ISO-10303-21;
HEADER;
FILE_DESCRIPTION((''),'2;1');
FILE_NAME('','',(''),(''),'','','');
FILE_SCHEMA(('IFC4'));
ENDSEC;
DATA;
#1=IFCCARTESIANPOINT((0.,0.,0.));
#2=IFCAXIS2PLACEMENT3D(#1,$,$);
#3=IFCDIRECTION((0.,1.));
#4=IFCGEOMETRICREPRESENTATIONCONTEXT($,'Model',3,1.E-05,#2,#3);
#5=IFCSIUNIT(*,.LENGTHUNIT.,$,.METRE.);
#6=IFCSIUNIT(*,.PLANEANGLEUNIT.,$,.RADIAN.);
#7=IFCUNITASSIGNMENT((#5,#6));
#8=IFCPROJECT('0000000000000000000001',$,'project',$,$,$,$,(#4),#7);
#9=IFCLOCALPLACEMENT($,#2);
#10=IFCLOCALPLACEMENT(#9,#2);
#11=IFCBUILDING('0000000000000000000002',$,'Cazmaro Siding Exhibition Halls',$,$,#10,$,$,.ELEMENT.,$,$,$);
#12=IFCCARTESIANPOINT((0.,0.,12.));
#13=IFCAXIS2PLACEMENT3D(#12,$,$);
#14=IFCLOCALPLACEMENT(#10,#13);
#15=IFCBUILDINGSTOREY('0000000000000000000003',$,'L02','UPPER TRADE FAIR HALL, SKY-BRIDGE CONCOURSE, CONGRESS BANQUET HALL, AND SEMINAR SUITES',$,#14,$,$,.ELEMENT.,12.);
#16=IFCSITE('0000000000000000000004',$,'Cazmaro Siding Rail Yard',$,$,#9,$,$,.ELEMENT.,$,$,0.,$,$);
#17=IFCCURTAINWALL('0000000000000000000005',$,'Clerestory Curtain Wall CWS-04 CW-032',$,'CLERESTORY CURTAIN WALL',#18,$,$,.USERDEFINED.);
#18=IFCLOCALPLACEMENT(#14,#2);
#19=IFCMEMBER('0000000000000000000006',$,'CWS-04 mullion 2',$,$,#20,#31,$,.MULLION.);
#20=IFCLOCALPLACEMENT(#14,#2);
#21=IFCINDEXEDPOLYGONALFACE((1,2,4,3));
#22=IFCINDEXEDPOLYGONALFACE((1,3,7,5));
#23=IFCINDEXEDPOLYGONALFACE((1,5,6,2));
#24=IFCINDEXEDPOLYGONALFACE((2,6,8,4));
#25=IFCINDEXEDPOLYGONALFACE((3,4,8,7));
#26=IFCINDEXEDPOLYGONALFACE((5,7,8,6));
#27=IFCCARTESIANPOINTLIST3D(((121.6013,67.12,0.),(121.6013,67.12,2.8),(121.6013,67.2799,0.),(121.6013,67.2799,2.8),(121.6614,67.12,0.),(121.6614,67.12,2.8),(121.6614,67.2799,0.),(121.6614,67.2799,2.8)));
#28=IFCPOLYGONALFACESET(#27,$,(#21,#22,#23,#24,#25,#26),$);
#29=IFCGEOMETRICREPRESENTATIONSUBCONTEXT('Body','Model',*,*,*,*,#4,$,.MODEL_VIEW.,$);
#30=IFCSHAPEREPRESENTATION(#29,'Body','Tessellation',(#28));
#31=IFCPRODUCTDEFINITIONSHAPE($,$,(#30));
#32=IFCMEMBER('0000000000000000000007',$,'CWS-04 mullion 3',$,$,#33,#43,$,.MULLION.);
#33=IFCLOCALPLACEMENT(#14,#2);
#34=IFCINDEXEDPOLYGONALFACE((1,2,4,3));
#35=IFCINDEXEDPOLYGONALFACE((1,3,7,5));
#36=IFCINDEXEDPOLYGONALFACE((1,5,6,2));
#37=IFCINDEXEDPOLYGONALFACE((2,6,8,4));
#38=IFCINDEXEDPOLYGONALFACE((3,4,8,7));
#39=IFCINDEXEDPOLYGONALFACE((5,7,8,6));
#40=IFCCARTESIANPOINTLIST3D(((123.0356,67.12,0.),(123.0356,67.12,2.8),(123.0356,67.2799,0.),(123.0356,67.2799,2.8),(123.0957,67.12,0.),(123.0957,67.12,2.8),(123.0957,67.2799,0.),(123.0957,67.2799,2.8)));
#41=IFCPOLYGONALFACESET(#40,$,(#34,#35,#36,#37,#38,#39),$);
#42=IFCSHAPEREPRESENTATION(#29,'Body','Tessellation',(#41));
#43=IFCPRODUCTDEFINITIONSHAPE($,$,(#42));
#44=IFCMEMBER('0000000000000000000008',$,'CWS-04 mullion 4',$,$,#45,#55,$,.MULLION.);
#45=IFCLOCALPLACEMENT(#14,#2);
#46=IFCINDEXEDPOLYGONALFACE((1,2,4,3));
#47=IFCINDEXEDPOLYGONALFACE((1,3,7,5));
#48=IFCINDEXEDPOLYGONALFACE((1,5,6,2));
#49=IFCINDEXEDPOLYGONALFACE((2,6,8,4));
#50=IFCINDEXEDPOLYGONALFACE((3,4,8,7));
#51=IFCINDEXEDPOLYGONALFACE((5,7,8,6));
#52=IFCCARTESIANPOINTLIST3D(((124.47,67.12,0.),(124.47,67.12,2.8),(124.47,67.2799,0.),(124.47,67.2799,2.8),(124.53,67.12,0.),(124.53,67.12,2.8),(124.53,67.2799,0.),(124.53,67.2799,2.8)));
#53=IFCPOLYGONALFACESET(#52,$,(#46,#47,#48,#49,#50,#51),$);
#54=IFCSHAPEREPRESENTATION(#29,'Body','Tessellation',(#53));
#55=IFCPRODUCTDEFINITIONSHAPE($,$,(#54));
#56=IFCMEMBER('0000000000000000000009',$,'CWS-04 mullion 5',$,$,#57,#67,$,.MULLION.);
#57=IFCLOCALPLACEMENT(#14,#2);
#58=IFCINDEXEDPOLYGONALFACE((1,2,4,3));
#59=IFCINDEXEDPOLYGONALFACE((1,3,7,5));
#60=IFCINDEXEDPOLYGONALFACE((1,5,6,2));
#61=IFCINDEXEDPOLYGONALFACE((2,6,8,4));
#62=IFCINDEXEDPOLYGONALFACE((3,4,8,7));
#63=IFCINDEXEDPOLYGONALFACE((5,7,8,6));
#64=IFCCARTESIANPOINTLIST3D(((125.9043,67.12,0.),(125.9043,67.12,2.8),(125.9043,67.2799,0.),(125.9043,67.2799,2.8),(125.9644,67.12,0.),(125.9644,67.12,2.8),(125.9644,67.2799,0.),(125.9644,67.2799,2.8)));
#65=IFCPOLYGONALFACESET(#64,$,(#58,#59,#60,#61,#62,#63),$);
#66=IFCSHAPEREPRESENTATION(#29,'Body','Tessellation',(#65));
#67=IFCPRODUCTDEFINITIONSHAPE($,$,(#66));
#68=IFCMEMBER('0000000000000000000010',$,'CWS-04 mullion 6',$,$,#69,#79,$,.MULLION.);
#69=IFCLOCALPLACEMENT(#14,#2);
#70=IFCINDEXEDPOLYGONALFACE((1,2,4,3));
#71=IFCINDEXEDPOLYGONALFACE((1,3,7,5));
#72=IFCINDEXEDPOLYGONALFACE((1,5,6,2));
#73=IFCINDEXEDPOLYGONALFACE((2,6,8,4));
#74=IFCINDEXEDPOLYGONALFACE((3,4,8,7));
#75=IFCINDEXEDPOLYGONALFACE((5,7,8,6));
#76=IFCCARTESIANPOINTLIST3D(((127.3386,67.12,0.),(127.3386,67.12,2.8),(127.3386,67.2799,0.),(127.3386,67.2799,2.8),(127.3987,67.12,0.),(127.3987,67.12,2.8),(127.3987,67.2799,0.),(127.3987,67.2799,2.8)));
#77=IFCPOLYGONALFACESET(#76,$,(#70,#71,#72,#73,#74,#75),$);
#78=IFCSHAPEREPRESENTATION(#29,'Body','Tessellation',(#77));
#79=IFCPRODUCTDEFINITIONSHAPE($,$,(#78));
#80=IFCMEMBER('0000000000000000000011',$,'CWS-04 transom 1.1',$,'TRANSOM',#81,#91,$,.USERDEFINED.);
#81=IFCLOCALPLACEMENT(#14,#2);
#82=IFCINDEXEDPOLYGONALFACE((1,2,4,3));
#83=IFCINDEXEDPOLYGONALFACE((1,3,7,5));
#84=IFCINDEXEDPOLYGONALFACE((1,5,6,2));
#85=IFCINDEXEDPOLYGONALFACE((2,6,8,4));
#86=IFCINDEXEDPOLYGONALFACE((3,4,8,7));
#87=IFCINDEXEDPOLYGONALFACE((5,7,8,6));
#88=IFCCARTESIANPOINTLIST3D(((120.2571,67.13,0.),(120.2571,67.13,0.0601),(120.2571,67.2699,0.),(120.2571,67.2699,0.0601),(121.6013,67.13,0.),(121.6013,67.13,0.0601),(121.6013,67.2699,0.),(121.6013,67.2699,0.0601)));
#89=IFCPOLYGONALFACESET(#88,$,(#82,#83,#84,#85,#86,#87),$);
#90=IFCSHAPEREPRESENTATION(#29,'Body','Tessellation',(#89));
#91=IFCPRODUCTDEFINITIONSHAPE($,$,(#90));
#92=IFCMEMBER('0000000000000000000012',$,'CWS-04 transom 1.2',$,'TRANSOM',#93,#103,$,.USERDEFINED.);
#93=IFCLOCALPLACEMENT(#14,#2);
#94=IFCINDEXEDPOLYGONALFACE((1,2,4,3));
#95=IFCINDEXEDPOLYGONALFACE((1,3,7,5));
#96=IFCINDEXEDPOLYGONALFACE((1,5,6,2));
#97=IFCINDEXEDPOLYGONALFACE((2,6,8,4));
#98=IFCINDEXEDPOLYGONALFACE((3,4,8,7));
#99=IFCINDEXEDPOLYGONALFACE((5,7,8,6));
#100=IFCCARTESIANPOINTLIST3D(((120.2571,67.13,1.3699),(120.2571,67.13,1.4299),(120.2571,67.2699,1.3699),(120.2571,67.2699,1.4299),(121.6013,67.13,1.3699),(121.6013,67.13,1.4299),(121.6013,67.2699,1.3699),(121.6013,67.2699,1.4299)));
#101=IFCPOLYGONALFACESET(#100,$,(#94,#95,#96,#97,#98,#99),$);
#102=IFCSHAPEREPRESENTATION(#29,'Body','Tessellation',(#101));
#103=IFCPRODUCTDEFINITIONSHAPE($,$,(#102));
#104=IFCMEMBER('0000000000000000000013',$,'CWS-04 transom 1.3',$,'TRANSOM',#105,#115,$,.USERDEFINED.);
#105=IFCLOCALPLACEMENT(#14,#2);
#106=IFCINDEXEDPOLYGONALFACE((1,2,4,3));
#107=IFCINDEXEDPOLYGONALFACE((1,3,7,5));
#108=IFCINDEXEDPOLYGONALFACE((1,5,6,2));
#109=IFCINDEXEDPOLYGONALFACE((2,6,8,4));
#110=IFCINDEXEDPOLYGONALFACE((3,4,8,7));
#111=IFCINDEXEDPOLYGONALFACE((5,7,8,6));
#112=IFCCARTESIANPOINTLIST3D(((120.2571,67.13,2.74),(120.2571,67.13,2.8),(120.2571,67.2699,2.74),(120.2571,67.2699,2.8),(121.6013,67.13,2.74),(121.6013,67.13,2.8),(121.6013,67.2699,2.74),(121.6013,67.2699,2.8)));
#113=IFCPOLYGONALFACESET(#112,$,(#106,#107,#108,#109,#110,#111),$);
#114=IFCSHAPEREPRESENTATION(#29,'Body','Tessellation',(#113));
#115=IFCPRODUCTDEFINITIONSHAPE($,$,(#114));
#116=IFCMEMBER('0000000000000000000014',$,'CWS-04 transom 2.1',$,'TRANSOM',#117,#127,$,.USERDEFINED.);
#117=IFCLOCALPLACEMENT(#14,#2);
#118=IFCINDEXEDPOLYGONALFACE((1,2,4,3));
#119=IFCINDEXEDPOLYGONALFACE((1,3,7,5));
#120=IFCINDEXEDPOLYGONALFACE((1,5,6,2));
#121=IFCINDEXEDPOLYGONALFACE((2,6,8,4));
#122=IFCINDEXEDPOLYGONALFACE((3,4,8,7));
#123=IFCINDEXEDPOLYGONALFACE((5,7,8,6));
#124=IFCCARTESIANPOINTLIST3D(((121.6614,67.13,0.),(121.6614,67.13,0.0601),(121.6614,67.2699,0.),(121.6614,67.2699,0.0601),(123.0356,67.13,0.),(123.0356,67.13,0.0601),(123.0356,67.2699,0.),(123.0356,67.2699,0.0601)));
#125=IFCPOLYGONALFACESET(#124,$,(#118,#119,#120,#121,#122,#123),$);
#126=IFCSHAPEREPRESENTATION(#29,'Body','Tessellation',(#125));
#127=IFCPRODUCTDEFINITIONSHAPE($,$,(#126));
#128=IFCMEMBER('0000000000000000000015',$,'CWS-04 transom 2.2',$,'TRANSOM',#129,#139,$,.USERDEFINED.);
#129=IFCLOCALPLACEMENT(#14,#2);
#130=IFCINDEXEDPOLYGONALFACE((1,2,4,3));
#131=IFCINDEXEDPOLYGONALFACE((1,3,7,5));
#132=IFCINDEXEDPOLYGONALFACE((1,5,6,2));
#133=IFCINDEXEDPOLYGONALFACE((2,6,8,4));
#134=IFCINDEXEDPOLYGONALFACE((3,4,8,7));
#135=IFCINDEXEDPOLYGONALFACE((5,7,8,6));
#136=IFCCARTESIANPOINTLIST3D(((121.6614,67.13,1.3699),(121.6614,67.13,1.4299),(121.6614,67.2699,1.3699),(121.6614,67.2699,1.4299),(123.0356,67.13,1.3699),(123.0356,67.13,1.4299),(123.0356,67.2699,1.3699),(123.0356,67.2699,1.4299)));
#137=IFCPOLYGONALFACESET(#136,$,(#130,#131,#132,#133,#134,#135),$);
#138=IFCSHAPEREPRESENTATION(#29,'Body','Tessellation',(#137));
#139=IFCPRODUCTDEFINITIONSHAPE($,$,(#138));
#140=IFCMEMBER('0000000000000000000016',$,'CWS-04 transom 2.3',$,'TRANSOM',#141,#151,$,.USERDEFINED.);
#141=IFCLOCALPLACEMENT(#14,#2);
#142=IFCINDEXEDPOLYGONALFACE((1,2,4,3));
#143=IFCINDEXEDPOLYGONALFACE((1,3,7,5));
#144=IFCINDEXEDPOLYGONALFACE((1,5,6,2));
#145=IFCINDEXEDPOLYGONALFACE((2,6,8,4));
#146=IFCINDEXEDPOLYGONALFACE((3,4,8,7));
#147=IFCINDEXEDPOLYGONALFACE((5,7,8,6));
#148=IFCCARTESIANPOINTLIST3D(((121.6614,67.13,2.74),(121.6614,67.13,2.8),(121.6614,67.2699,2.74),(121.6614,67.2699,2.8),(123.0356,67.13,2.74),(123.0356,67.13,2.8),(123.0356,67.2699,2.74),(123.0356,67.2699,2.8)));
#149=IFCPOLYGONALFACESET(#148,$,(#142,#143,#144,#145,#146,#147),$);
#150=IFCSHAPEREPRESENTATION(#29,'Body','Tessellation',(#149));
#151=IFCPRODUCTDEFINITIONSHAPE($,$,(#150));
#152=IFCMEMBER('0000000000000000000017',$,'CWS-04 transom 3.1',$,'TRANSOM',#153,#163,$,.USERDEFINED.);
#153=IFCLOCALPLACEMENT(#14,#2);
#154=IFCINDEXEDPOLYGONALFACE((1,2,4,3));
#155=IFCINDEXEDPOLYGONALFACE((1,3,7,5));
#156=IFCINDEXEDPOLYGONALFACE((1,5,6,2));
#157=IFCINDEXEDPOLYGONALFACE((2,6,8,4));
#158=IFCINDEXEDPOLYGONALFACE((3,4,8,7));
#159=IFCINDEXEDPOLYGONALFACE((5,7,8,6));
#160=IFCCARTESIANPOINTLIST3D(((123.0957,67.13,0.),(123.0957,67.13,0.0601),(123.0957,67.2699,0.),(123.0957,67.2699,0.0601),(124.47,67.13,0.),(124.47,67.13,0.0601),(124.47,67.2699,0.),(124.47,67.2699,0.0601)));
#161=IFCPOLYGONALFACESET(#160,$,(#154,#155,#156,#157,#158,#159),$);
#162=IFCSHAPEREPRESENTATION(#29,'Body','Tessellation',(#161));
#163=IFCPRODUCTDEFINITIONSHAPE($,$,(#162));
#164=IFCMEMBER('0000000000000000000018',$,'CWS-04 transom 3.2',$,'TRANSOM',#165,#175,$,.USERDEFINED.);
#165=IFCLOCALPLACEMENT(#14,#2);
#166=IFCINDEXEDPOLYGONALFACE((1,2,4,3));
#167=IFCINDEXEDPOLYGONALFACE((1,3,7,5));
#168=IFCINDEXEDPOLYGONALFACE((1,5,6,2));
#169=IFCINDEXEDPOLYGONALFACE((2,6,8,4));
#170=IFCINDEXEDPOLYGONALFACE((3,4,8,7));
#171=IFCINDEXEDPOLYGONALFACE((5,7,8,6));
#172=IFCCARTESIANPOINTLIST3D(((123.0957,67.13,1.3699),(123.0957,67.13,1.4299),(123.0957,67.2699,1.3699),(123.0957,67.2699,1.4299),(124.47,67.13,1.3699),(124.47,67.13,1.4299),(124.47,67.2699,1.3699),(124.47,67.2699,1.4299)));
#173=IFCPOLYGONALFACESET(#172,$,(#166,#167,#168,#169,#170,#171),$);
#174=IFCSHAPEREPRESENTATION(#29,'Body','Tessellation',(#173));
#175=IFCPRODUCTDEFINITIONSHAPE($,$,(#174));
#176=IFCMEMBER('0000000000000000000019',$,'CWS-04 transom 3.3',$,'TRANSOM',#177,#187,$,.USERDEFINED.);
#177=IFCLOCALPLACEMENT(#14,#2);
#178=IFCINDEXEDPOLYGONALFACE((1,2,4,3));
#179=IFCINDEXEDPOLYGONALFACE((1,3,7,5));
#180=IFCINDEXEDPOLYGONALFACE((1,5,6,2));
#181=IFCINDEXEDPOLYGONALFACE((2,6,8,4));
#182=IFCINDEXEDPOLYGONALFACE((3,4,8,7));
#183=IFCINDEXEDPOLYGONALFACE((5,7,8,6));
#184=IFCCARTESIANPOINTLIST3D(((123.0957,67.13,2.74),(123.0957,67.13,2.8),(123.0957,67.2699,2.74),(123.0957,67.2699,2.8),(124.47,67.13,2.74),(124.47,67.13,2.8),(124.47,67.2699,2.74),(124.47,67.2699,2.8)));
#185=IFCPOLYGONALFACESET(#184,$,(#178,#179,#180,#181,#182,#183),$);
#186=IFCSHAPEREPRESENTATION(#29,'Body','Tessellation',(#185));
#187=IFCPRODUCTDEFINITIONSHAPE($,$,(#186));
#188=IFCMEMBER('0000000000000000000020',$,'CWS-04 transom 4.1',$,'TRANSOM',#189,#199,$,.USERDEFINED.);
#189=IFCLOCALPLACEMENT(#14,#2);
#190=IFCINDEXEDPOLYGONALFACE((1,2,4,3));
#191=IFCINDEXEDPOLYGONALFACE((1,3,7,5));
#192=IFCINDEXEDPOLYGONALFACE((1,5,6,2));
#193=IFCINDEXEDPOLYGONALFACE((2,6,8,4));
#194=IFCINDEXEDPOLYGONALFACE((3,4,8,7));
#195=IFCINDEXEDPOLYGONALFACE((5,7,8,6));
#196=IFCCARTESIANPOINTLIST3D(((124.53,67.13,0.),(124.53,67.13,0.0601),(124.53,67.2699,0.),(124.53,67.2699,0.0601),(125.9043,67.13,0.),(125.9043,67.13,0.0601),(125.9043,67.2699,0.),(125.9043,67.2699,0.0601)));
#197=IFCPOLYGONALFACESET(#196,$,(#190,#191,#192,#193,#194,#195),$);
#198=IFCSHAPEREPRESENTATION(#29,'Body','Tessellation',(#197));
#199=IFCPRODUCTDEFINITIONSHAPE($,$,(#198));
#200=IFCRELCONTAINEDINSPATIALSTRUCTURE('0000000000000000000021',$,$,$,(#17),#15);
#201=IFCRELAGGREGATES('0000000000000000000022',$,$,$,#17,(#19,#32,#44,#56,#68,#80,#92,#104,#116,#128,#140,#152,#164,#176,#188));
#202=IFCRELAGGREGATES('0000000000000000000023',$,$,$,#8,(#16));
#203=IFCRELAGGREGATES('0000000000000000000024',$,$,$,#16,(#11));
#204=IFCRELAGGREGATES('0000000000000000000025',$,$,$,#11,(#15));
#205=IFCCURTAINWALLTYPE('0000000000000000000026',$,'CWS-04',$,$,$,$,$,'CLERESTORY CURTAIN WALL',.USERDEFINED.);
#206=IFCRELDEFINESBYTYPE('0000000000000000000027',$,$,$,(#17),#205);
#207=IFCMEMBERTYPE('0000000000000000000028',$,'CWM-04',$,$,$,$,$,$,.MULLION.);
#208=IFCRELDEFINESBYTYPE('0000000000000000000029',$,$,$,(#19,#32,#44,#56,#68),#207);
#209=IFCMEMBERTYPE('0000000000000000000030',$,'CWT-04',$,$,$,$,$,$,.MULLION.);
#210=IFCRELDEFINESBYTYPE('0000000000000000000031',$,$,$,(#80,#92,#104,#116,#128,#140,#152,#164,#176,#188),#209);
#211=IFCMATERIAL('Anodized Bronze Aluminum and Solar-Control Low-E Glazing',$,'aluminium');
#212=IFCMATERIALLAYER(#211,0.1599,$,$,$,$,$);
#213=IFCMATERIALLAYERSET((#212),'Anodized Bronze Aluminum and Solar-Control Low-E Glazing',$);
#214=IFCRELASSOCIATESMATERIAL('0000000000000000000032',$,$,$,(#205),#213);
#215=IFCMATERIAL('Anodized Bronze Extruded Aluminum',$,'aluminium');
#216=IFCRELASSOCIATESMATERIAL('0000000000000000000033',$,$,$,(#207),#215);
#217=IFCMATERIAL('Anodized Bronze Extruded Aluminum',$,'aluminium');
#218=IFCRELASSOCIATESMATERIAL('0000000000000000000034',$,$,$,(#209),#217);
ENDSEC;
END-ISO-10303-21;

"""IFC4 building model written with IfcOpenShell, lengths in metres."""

from ifc_helpers import new_model, si_unit, direction, frame, origin, origin_2d, place, context, subcontext, project, spatial, rectangle, extrude, material, layer, layer_set, material_profile, profile_set, type_object, element, aggregate, save


model = new_model("IFC4")

# Units and contexts
model_context = context("Model", 3, precision=1e-05, world=origin(), true_north=direction((0.0, 1.0)))
body_context = subcontext(model_context, "Body", "Model", "MODEL_VIEW")
ifc_project = project(units=[si_unit("LENGTHUNIT", "METRE"), si_unit("PLANEANGLEUNIT", "RADIAN")], contexts=[model_context])

# Site, building, storey
site_placement = place(None, origin())
site = spatial("IfcSite", under=ifc_project, at=site_placement, Name="Cazmaro Siding Rail Yard", CompositionType="ELEMENT", RefElevation=0.0)
building_placement = place(site_placement, origin())
building = spatial("IfcBuilding", under=site, at=building_placement, Name="Cazmaro Siding Exhibition Halls", CompositionType="ELEMENT")
storey_placement = place(building_placement, frame((0.0, 0.0, 12.0)))
storey = spatial("IfcBuildingStorey", under=building, at=storey_placement, Name="L02", Description="UPPER TRADE FAIR HALL, SKY-BRIDGE CONCOURSE, CONGRESS BANQUET HALL, AND SEMINAR SUITES", CompositionType="ELEMENT", Elevation=12.0)

# Curtain wall, members
ifc_material_1 = material(Name="Anodized Bronze Aluminum and Solar-Control Low-E Glazing", Category="aluminium")
ifc_layer_1 = layer(ifc_material_1, 0.1599)
ifc_layer_set_1 = layer_set([ifc_layer_1], Name="Anodized Bronze Aluminum and Solar-Control Low-E Glazing")
curtain_wall_type = type_object("IfcCurtainWallType", Name="CWS-04", ElementType="CLERESTORY CURTAIN WALL", PredefinedType="USERDEFINED", material=ifc_layer_set_1)
curtain_wall_placement = place(storey_placement, origin())
curtain_wall = element("IfcCurtainWall", 1, at=curtain_wall_placement, inside=storey, type_object=curtain_wall_type, Name="Clerestory Curtain Wall CWS-04 CW-032", ObjectType="CLERESTORY CURTAIN WALL", PredefinedType="USERDEFINED")
ifc_material_2 = material(Name="Anodized Bronze Extruded Aluminum", Category="aluminium")
ifc_material_profile_1 = material_profile(ifc_material_2, rectangle(XDim=0.1599, YDim=0.0601, at=origin_2d()), Name="CWM-04")
ifc_profile_set_1 = profile_set([ifc_material_profile_1], Name="Anodized Bronze Extruded Aluminum")
member_type_1 = type_object("IfcMemberType", Name="CWM-04", PredefinedType="MULLION", material=ifc_profile_set_1)
member_1_placement = place(storey_placement, frame((121.6313, 67.2, 0.0), z_axis=(0.0, 0.0, 1.0), x_axis=(0.0, 1.0, 0.0)))
member_1 = element("IfcMember", 2, at=member_1_placement, type_object=member_type_1, Name="CWS-04 mullion 2", PredefinedType="MULLION", context=body_context, shape_type="SweptSolid", body=[
    extrude(rectangle(XDim=0.1599, YDim=0.0601, at=origin_2d()), origin(), (0.0, 0.0, 1.0), 2.8),
])
member_2_placement = place(storey_placement, frame((123.0657, 67.2, 0.0), z_axis=(0.0, 0.0, 1.0), x_axis=(0.0, 1.0, 0.0)))
member_2 = element("IfcMember", 3, at=member_2_placement, type_object=member_type_1, Name="CWS-04 mullion 3", PredefinedType="MULLION", context=body_context, shape_type="SweptSolid", body=[
    extrude(rectangle(XDim=0.1599, YDim=0.0601, at=origin_2d()), origin(), (0.0, 0.0, 1.0), 2.8),
])
member_3_placement = place(storey_placement, frame((124.5, 67.2, 0.0), z_axis=(0.0, 0.0, 1.0), x_axis=(0.0, 1.0, 0.0)))
member_3 = element("IfcMember", 4, at=member_3_placement, type_object=member_type_1, Name="CWS-04 mullion 4", PredefinedType="MULLION", context=body_context, shape_type="SweptSolid", body=[
    extrude(rectangle(XDim=0.1599, YDim=0.0601, at=origin_2d()), origin(), (0.0, 0.0, 1.0), 2.8),
])
member_4_placement = place(storey_placement, frame((125.9343, 67.2, 0.0), z_axis=(0.0, 0.0, 1.0), x_axis=(0.0, 1.0, 0.0)))
member_4 = element("IfcMember", 5, at=member_4_placement, type_object=member_type_1, Name="CWS-04 mullion 5", PredefinedType="MULLION", context=body_context, shape_type="SweptSolid", body=[
    extrude(rectangle(XDim=0.1599, YDim=0.0601, at=origin_2d()), origin(), (0.0, 0.0, 1.0), 2.8),
])
member_5_placement = place(storey_placement, frame((127.3687, 67.2, 0.0), z_axis=(0.0, 0.0, 1.0), x_axis=(0.0, 1.0, 0.0)))
member_5 = element("IfcMember", 6, at=member_5_placement, type_object=member_type_1, Name="CWS-04 mullion 6", PredefinedType="MULLION", context=body_context, shape_type="SweptSolid", body=[
    extrude(rectangle(XDim=0.1599, YDim=0.0601, at=origin_2d()), origin(), (0.0, 0.0, 1.0), 2.8),
])
ifc_material_3 = material(Name="Anodized Bronze Extruded Aluminum", Category="aluminium")
ifc_material_profile_2 = material_profile(ifc_material_3, rectangle(XDim=0.1399, YDim=0.0601, at=origin_2d()), Name="CWT-04")
ifc_profile_set_2 = profile_set([ifc_material_profile_2], Name="Anodized Bronze Extruded Aluminum")
member_type_2 = type_object("IfcMemberType", Name="CWT-04", PredefinedType="MULLION", material=ifc_profile_set_2)
member_6_placement = place(storey_placement, frame((120.2571, 67.2, 0.03), z_axis=(1.0, 0.0, 0.0), x_axis=(0.0, 1.0, 0.0)))
member_6 = element("IfcMember", 7, at=member_6_placement, type_object=member_type_2, Name="CWS-04 transom 1.1", ObjectType="TRANSOM", PredefinedType="USERDEFINED", context=body_context, shape_type="SweptSolid", body=[
    extrude(rectangle(XDim=0.1399, YDim=0.0601, at=origin_2d()), origin(), (0.0, 0.0, 1.0), 1.3442),
])
member_7_placement = place(storey_placement, frame((120.2571, 67.2, 1.3999), z_axis=(1.0, 0.0, 0.0), x_axis=(0.0, 1.0, 0.0)))
member_7 = element("IfcMember", 8, at=member_7_placement, type_object=member_type_2, Name="CWS-04 transom 1.2", ObjectType="TRANSOM", PredefinedType="USERDEFINED", context=body_context, shape_type="SweptSolid", body=[
    extrude(rectangle(XDim=0.1399, YDim=0.0601, at=origin_2d()), origin(), (0.0, 0.0, 1.0), 1.3442),
])
member_8_placement = place(storey_placement, frame((120.2571, 67.2, 2.77), z_axis=(1.0, 0.0, 0.0), x_axis=(0.0, 1.0, 0.0)))
member_8 = element("IfcMember", 9, at=member_8_placement, type_object=member_type_2, Name="CWS-04 transom 1.3", ObjectType="TRANSOM", PredefinedType="USERDEFINED", context=body_context, shape_type="SweptSolid", body=[
    extrude(rectangle(XDim=0.1399, YDim=0.0601, at=origin_2d()), origin(), (0.0, 0.0, 1.0), 1.3442),
])
member_9_placement = place(storey_placement, frame((121.6614, 67.2, 0.03), z_axis=(1.0, 0.0, 0.0), x_axis=(0.0, 1.0, 0.0)))
member_9 = element("IfcMember", 10, at=member_9_placement, type_object=member_type_2, Name="CWS-04 transom 2.1", ObjectType="TRANSOM", PredefinedType="USERDEFINED", context=body_context, shape_type="SweptSolid", body=[
    extrude(rectangle(XDim=0.1399, YDim=0.0601, at=origin_2d()), origin(), (0.0, 0.0, 1.0), 1.3743),
])
member_10_placement = place(storey_placement, frame((121.6614, 67.2, 1.3999), z_axis=(1.0, 0.0, 0.0), x_axis=(0.0, 1.0, 0.0)))
member_10 = element("IfcMember", 11, at=member_10_placement, type_object=member_type_2, Name="CWS-04 transom 2.2", ObjectType="TRANSOM", PredefinedType="USERDEFINED", context=body_context, shape_type="SweptSolid", body=[
    extrude(rectangle(XDim=0.1399, YDim=0.0601, at=origin_2d()), origin(), (0.0, 0.0, 1.0), 1.3743),
])
member_11_placement = place(storey_placement, frame((121.6614, 67.2, 2.77), z_axis=(1.0, 0.0, 0.0), x_axis=(0.0, 1.0, 0.0)))
member_11 = element("IfcMember", 12, at=member_11_placement, type_object=member_type_2, Name="CWS-04 transom 2.3", ObjectType="TRANSOM", PredefinedType="USERDEFINED", context=body_context, shape_type="SweptSolid", body=[
    extrude(rectangle(XDim=0.1399, YDim=0.0601, at=origin_2d()), origin(), (0.0, 0.0, 1.0), 1.3743),
])
member_12_placement = place(storey_placement, frame((123.0957, 67.2, 0.03), z_axis=(1.0, 0.0, 0.0), x_axis=(0.0, 1.0, 0.0)))
member_12 = element("IfcMember", 13, at=member_12_placement, type_object=member_type_2, Name="CWS-04 transom 3.1", ObjectType="TRANSOM", PredefinedType="USERDEFINED", context=body_context, shape_type="SweptSolid", body=[
    extrude(rectangle(XDim=0.1399, YDim=0.0601, at=origin_2d()), origin(), (0.0, 0.0, 1.0), 1.3743),
])
member_13_placement = place(storey_placement, frame((123.0957, 67.2, 1.3999), z_axis=(1.0, 0.0, 0.0), x_axis=(0.0, 1.0, 0.0)))
member_13 = element("IfcMember", 14, at=member_13_placement, type_object=member_type_2, Name="CWS-04 transom 3.2", ObjectType="TRANSOM", PredefinedType="USERDEFINED", context=body_context, shape_type="SweptSolid", body=[
    extrude(rectangle(XDim=0.1399, YDim=0.0601, at=origin_2d()), origin(), (0.0, 0.0, 1.0), 1.3743),
])
member_14_placement = place(storey_placement, frame((123.0957, 67.2, 2.77), z_axis=(1.0, 0.0, 0.0), x_axis=(0.0, 1.0, 0.0)))
member_14 = element("IfcMember", 15, at=member_14_placement, type_object=member_type_2, Name="CWS-04 transom 3.3", ObjectType="TRANSOM", PredefinedType="USERDEFINED", context=body_context, shape_type="SweptSolid", body=[
    extrude(rectangle(XDim=0.1399, YDim=0.0601, at=origin_2d()), origin(), (0.0, 0.0, 1.0), 1.3743),
])
member_15_placement = place(storey_placement, frame((124.53, 67.2, 0.03), z_axis=(1.0, 0.0, 0.0), x_axis=(0.0, 1.0, 0.0)))
member_15 = element("IfcMember", 16, at=member_15_placement, type_object=member_type_2, Name="CWS-04 transom 4.1", ObjectType="TRANSOM", PredefinedType="USERDEFINED", context=body_context, shape_type="SweptSolid", body=[
    extrude(rectangle(XDim=0.1399, YDim=0.0601, at=origin_2d()), origin(), (0.0, 0.0, 1.0), 1.3743),
])

aggregate(curtain_wall, [member_1, member_2, member_3, member_4, member_5, member_6, member_7, member_8, member_9, member_10, member_11, member_12, member_13, member_14, member_15])

save(model, "model.ifc")
